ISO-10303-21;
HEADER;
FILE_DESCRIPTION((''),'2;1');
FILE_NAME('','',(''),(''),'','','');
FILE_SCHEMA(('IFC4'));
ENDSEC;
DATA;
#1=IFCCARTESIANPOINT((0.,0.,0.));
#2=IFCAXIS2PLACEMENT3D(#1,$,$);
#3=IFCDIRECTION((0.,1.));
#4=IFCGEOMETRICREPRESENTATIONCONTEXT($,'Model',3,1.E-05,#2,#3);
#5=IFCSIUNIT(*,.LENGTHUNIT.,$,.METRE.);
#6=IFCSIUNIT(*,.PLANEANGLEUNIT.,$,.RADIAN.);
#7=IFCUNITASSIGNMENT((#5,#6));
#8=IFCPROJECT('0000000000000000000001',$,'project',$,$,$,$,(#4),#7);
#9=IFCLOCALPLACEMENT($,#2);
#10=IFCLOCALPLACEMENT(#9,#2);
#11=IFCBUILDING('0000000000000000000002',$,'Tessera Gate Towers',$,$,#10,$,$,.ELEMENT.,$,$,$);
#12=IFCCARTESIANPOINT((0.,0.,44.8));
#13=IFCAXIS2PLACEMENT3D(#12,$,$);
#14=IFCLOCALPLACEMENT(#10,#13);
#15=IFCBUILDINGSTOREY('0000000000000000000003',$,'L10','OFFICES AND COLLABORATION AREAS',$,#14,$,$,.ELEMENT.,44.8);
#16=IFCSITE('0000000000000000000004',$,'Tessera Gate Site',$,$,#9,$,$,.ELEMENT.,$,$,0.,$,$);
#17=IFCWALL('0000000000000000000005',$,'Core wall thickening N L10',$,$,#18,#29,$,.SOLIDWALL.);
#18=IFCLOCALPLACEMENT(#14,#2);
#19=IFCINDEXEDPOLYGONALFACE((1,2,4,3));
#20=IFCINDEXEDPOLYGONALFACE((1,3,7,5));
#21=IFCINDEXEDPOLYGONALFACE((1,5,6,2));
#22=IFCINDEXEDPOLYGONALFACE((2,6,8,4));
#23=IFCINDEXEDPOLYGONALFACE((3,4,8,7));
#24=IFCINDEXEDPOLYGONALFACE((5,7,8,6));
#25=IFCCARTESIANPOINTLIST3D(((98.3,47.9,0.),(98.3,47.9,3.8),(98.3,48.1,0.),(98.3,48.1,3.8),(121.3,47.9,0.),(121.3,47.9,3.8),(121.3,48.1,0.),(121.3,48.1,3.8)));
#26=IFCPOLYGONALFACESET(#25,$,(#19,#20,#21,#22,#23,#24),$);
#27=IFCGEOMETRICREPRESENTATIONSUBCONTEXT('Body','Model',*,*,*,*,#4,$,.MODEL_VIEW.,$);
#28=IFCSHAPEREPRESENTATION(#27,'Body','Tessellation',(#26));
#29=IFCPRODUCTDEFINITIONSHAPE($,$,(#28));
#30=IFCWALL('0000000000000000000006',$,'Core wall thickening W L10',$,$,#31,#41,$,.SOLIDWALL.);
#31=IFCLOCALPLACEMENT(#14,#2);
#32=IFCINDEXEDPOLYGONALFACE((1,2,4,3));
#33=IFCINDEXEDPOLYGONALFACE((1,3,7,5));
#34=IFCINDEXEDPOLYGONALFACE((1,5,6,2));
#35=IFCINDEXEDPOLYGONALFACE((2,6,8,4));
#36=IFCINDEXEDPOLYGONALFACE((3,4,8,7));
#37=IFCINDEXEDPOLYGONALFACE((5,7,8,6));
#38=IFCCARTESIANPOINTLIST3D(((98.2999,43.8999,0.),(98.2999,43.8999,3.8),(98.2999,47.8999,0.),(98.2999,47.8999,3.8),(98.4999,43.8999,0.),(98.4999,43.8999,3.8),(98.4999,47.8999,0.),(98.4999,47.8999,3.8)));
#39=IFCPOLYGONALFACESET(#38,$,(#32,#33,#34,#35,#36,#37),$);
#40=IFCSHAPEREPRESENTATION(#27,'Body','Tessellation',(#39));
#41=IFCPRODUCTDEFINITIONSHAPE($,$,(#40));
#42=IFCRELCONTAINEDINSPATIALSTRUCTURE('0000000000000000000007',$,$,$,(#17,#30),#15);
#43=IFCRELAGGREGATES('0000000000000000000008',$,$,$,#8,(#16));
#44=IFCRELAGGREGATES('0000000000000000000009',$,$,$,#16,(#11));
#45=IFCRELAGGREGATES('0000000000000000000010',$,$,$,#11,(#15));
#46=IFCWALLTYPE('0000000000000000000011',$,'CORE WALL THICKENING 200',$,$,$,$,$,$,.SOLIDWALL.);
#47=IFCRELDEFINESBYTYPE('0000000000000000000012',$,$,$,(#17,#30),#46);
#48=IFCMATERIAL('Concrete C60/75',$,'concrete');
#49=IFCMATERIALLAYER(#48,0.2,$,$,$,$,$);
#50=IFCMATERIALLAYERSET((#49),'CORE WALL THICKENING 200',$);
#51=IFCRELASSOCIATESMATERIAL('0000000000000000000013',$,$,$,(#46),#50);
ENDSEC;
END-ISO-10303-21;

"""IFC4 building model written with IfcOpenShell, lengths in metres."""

from ifc_helpers import new_model, si_unit, direction, frame, frame_2d, origin, place, context, subcontext, project, spatial, rectangle, extrude, material, layer, layer_set, type_object, element, save


model = new_model("IFC4")

# Units and contexts
model_context = context("Model", 3, precision=1e-05, world=origin(), true_north=direction((0.0, 1.0)))
body_context = subcontext(model_context, "Body", "Model", "MODEL_VIEW")
ifc_project = project(units=[si_unit("LENGTHUNIT", "METRE"), si_unit("PLANEANGLEUNIT", "RADIAN")], contexts=[model_context])

# Site, building, storey
site_placement = place(None, origin())
site = spatial("IfcSite", under=ifc_project, at=site_placement, Name="Tessera Gate Site", CompositionType="ELEMENT", RefElevation=0.0)
building_placement = place(site_placement, origin())
building = spatial("IfcBuilding", under=site, at=building_placement, Name="Tessera Gate Towers", CompositionType="ELEMENT")
storey_placement = place(building_placement, frame((0.0, 0.0, 44.8)))
storey = spatial("IfcBuildingStorey", under=building, at=storey_placement, Name="L10", Description="OFFICES AND COLLABORATION AREAS", CompositionType="ELEMENT", Elevation=44.8)

# Walls
ifc_material_1 = material(Name="Concrete C60/75", Category="concrete")
ifc_layer_1 = layer(ifc_material_1, 0.2)
ifc_layer_set_1 = layer_set([ifc_layer_1], Name="CORE WALL THICKENING 200")
wall_type_1 = type_object("IfcWallType", Name="CORE WALL THICKENING 200", PredefinedType="SOLIDWALL", material=ifc_layer_set_1)
wall_1_placement = place(storey_placement, frame((98.3, 48.0, 0.0), z_axis=(0.0, 0.0, 1.0), x_axis=(1.0, 0.0, 0.0)))
element("IfcWall", 1, at=wall_1_placement, inside=storey, type_object=wall_type_1, Name="Core wall thickening N L10", PredefinedType="SOLIDWALL", context=body_context, shape_type="SweptSolid", body=[
    extrude(rectangle(XDim=23.0, YDim=0.2, at=frame_2d((11.5, 0.0))), origin(), (0.0, 0.0, 1.0), 3.8),
])
wall_2_placement = place(storey_placement, frame((98.3999, 43.8999, 0.0), z_axis=(0.0, 0.0, 1.0), x_axis=(0.0, 1.0, 0.0)))
element("IfcWall", 2, at=wall_2_placement, inside=storey, type_object=wall_type_1, Name="Core wall thickening W L10", PredefinedType="SOLIDWALL", context=body_context, shape_type="SweptSolid", body=[
    extrude(rectangle(XDim=4.0, YDim=0.2, at=frame_2d((2.0, 0.0))), origin(), (0.0, 0.0, 1.0), 3.8),
])

save(model, "model.ifc")
